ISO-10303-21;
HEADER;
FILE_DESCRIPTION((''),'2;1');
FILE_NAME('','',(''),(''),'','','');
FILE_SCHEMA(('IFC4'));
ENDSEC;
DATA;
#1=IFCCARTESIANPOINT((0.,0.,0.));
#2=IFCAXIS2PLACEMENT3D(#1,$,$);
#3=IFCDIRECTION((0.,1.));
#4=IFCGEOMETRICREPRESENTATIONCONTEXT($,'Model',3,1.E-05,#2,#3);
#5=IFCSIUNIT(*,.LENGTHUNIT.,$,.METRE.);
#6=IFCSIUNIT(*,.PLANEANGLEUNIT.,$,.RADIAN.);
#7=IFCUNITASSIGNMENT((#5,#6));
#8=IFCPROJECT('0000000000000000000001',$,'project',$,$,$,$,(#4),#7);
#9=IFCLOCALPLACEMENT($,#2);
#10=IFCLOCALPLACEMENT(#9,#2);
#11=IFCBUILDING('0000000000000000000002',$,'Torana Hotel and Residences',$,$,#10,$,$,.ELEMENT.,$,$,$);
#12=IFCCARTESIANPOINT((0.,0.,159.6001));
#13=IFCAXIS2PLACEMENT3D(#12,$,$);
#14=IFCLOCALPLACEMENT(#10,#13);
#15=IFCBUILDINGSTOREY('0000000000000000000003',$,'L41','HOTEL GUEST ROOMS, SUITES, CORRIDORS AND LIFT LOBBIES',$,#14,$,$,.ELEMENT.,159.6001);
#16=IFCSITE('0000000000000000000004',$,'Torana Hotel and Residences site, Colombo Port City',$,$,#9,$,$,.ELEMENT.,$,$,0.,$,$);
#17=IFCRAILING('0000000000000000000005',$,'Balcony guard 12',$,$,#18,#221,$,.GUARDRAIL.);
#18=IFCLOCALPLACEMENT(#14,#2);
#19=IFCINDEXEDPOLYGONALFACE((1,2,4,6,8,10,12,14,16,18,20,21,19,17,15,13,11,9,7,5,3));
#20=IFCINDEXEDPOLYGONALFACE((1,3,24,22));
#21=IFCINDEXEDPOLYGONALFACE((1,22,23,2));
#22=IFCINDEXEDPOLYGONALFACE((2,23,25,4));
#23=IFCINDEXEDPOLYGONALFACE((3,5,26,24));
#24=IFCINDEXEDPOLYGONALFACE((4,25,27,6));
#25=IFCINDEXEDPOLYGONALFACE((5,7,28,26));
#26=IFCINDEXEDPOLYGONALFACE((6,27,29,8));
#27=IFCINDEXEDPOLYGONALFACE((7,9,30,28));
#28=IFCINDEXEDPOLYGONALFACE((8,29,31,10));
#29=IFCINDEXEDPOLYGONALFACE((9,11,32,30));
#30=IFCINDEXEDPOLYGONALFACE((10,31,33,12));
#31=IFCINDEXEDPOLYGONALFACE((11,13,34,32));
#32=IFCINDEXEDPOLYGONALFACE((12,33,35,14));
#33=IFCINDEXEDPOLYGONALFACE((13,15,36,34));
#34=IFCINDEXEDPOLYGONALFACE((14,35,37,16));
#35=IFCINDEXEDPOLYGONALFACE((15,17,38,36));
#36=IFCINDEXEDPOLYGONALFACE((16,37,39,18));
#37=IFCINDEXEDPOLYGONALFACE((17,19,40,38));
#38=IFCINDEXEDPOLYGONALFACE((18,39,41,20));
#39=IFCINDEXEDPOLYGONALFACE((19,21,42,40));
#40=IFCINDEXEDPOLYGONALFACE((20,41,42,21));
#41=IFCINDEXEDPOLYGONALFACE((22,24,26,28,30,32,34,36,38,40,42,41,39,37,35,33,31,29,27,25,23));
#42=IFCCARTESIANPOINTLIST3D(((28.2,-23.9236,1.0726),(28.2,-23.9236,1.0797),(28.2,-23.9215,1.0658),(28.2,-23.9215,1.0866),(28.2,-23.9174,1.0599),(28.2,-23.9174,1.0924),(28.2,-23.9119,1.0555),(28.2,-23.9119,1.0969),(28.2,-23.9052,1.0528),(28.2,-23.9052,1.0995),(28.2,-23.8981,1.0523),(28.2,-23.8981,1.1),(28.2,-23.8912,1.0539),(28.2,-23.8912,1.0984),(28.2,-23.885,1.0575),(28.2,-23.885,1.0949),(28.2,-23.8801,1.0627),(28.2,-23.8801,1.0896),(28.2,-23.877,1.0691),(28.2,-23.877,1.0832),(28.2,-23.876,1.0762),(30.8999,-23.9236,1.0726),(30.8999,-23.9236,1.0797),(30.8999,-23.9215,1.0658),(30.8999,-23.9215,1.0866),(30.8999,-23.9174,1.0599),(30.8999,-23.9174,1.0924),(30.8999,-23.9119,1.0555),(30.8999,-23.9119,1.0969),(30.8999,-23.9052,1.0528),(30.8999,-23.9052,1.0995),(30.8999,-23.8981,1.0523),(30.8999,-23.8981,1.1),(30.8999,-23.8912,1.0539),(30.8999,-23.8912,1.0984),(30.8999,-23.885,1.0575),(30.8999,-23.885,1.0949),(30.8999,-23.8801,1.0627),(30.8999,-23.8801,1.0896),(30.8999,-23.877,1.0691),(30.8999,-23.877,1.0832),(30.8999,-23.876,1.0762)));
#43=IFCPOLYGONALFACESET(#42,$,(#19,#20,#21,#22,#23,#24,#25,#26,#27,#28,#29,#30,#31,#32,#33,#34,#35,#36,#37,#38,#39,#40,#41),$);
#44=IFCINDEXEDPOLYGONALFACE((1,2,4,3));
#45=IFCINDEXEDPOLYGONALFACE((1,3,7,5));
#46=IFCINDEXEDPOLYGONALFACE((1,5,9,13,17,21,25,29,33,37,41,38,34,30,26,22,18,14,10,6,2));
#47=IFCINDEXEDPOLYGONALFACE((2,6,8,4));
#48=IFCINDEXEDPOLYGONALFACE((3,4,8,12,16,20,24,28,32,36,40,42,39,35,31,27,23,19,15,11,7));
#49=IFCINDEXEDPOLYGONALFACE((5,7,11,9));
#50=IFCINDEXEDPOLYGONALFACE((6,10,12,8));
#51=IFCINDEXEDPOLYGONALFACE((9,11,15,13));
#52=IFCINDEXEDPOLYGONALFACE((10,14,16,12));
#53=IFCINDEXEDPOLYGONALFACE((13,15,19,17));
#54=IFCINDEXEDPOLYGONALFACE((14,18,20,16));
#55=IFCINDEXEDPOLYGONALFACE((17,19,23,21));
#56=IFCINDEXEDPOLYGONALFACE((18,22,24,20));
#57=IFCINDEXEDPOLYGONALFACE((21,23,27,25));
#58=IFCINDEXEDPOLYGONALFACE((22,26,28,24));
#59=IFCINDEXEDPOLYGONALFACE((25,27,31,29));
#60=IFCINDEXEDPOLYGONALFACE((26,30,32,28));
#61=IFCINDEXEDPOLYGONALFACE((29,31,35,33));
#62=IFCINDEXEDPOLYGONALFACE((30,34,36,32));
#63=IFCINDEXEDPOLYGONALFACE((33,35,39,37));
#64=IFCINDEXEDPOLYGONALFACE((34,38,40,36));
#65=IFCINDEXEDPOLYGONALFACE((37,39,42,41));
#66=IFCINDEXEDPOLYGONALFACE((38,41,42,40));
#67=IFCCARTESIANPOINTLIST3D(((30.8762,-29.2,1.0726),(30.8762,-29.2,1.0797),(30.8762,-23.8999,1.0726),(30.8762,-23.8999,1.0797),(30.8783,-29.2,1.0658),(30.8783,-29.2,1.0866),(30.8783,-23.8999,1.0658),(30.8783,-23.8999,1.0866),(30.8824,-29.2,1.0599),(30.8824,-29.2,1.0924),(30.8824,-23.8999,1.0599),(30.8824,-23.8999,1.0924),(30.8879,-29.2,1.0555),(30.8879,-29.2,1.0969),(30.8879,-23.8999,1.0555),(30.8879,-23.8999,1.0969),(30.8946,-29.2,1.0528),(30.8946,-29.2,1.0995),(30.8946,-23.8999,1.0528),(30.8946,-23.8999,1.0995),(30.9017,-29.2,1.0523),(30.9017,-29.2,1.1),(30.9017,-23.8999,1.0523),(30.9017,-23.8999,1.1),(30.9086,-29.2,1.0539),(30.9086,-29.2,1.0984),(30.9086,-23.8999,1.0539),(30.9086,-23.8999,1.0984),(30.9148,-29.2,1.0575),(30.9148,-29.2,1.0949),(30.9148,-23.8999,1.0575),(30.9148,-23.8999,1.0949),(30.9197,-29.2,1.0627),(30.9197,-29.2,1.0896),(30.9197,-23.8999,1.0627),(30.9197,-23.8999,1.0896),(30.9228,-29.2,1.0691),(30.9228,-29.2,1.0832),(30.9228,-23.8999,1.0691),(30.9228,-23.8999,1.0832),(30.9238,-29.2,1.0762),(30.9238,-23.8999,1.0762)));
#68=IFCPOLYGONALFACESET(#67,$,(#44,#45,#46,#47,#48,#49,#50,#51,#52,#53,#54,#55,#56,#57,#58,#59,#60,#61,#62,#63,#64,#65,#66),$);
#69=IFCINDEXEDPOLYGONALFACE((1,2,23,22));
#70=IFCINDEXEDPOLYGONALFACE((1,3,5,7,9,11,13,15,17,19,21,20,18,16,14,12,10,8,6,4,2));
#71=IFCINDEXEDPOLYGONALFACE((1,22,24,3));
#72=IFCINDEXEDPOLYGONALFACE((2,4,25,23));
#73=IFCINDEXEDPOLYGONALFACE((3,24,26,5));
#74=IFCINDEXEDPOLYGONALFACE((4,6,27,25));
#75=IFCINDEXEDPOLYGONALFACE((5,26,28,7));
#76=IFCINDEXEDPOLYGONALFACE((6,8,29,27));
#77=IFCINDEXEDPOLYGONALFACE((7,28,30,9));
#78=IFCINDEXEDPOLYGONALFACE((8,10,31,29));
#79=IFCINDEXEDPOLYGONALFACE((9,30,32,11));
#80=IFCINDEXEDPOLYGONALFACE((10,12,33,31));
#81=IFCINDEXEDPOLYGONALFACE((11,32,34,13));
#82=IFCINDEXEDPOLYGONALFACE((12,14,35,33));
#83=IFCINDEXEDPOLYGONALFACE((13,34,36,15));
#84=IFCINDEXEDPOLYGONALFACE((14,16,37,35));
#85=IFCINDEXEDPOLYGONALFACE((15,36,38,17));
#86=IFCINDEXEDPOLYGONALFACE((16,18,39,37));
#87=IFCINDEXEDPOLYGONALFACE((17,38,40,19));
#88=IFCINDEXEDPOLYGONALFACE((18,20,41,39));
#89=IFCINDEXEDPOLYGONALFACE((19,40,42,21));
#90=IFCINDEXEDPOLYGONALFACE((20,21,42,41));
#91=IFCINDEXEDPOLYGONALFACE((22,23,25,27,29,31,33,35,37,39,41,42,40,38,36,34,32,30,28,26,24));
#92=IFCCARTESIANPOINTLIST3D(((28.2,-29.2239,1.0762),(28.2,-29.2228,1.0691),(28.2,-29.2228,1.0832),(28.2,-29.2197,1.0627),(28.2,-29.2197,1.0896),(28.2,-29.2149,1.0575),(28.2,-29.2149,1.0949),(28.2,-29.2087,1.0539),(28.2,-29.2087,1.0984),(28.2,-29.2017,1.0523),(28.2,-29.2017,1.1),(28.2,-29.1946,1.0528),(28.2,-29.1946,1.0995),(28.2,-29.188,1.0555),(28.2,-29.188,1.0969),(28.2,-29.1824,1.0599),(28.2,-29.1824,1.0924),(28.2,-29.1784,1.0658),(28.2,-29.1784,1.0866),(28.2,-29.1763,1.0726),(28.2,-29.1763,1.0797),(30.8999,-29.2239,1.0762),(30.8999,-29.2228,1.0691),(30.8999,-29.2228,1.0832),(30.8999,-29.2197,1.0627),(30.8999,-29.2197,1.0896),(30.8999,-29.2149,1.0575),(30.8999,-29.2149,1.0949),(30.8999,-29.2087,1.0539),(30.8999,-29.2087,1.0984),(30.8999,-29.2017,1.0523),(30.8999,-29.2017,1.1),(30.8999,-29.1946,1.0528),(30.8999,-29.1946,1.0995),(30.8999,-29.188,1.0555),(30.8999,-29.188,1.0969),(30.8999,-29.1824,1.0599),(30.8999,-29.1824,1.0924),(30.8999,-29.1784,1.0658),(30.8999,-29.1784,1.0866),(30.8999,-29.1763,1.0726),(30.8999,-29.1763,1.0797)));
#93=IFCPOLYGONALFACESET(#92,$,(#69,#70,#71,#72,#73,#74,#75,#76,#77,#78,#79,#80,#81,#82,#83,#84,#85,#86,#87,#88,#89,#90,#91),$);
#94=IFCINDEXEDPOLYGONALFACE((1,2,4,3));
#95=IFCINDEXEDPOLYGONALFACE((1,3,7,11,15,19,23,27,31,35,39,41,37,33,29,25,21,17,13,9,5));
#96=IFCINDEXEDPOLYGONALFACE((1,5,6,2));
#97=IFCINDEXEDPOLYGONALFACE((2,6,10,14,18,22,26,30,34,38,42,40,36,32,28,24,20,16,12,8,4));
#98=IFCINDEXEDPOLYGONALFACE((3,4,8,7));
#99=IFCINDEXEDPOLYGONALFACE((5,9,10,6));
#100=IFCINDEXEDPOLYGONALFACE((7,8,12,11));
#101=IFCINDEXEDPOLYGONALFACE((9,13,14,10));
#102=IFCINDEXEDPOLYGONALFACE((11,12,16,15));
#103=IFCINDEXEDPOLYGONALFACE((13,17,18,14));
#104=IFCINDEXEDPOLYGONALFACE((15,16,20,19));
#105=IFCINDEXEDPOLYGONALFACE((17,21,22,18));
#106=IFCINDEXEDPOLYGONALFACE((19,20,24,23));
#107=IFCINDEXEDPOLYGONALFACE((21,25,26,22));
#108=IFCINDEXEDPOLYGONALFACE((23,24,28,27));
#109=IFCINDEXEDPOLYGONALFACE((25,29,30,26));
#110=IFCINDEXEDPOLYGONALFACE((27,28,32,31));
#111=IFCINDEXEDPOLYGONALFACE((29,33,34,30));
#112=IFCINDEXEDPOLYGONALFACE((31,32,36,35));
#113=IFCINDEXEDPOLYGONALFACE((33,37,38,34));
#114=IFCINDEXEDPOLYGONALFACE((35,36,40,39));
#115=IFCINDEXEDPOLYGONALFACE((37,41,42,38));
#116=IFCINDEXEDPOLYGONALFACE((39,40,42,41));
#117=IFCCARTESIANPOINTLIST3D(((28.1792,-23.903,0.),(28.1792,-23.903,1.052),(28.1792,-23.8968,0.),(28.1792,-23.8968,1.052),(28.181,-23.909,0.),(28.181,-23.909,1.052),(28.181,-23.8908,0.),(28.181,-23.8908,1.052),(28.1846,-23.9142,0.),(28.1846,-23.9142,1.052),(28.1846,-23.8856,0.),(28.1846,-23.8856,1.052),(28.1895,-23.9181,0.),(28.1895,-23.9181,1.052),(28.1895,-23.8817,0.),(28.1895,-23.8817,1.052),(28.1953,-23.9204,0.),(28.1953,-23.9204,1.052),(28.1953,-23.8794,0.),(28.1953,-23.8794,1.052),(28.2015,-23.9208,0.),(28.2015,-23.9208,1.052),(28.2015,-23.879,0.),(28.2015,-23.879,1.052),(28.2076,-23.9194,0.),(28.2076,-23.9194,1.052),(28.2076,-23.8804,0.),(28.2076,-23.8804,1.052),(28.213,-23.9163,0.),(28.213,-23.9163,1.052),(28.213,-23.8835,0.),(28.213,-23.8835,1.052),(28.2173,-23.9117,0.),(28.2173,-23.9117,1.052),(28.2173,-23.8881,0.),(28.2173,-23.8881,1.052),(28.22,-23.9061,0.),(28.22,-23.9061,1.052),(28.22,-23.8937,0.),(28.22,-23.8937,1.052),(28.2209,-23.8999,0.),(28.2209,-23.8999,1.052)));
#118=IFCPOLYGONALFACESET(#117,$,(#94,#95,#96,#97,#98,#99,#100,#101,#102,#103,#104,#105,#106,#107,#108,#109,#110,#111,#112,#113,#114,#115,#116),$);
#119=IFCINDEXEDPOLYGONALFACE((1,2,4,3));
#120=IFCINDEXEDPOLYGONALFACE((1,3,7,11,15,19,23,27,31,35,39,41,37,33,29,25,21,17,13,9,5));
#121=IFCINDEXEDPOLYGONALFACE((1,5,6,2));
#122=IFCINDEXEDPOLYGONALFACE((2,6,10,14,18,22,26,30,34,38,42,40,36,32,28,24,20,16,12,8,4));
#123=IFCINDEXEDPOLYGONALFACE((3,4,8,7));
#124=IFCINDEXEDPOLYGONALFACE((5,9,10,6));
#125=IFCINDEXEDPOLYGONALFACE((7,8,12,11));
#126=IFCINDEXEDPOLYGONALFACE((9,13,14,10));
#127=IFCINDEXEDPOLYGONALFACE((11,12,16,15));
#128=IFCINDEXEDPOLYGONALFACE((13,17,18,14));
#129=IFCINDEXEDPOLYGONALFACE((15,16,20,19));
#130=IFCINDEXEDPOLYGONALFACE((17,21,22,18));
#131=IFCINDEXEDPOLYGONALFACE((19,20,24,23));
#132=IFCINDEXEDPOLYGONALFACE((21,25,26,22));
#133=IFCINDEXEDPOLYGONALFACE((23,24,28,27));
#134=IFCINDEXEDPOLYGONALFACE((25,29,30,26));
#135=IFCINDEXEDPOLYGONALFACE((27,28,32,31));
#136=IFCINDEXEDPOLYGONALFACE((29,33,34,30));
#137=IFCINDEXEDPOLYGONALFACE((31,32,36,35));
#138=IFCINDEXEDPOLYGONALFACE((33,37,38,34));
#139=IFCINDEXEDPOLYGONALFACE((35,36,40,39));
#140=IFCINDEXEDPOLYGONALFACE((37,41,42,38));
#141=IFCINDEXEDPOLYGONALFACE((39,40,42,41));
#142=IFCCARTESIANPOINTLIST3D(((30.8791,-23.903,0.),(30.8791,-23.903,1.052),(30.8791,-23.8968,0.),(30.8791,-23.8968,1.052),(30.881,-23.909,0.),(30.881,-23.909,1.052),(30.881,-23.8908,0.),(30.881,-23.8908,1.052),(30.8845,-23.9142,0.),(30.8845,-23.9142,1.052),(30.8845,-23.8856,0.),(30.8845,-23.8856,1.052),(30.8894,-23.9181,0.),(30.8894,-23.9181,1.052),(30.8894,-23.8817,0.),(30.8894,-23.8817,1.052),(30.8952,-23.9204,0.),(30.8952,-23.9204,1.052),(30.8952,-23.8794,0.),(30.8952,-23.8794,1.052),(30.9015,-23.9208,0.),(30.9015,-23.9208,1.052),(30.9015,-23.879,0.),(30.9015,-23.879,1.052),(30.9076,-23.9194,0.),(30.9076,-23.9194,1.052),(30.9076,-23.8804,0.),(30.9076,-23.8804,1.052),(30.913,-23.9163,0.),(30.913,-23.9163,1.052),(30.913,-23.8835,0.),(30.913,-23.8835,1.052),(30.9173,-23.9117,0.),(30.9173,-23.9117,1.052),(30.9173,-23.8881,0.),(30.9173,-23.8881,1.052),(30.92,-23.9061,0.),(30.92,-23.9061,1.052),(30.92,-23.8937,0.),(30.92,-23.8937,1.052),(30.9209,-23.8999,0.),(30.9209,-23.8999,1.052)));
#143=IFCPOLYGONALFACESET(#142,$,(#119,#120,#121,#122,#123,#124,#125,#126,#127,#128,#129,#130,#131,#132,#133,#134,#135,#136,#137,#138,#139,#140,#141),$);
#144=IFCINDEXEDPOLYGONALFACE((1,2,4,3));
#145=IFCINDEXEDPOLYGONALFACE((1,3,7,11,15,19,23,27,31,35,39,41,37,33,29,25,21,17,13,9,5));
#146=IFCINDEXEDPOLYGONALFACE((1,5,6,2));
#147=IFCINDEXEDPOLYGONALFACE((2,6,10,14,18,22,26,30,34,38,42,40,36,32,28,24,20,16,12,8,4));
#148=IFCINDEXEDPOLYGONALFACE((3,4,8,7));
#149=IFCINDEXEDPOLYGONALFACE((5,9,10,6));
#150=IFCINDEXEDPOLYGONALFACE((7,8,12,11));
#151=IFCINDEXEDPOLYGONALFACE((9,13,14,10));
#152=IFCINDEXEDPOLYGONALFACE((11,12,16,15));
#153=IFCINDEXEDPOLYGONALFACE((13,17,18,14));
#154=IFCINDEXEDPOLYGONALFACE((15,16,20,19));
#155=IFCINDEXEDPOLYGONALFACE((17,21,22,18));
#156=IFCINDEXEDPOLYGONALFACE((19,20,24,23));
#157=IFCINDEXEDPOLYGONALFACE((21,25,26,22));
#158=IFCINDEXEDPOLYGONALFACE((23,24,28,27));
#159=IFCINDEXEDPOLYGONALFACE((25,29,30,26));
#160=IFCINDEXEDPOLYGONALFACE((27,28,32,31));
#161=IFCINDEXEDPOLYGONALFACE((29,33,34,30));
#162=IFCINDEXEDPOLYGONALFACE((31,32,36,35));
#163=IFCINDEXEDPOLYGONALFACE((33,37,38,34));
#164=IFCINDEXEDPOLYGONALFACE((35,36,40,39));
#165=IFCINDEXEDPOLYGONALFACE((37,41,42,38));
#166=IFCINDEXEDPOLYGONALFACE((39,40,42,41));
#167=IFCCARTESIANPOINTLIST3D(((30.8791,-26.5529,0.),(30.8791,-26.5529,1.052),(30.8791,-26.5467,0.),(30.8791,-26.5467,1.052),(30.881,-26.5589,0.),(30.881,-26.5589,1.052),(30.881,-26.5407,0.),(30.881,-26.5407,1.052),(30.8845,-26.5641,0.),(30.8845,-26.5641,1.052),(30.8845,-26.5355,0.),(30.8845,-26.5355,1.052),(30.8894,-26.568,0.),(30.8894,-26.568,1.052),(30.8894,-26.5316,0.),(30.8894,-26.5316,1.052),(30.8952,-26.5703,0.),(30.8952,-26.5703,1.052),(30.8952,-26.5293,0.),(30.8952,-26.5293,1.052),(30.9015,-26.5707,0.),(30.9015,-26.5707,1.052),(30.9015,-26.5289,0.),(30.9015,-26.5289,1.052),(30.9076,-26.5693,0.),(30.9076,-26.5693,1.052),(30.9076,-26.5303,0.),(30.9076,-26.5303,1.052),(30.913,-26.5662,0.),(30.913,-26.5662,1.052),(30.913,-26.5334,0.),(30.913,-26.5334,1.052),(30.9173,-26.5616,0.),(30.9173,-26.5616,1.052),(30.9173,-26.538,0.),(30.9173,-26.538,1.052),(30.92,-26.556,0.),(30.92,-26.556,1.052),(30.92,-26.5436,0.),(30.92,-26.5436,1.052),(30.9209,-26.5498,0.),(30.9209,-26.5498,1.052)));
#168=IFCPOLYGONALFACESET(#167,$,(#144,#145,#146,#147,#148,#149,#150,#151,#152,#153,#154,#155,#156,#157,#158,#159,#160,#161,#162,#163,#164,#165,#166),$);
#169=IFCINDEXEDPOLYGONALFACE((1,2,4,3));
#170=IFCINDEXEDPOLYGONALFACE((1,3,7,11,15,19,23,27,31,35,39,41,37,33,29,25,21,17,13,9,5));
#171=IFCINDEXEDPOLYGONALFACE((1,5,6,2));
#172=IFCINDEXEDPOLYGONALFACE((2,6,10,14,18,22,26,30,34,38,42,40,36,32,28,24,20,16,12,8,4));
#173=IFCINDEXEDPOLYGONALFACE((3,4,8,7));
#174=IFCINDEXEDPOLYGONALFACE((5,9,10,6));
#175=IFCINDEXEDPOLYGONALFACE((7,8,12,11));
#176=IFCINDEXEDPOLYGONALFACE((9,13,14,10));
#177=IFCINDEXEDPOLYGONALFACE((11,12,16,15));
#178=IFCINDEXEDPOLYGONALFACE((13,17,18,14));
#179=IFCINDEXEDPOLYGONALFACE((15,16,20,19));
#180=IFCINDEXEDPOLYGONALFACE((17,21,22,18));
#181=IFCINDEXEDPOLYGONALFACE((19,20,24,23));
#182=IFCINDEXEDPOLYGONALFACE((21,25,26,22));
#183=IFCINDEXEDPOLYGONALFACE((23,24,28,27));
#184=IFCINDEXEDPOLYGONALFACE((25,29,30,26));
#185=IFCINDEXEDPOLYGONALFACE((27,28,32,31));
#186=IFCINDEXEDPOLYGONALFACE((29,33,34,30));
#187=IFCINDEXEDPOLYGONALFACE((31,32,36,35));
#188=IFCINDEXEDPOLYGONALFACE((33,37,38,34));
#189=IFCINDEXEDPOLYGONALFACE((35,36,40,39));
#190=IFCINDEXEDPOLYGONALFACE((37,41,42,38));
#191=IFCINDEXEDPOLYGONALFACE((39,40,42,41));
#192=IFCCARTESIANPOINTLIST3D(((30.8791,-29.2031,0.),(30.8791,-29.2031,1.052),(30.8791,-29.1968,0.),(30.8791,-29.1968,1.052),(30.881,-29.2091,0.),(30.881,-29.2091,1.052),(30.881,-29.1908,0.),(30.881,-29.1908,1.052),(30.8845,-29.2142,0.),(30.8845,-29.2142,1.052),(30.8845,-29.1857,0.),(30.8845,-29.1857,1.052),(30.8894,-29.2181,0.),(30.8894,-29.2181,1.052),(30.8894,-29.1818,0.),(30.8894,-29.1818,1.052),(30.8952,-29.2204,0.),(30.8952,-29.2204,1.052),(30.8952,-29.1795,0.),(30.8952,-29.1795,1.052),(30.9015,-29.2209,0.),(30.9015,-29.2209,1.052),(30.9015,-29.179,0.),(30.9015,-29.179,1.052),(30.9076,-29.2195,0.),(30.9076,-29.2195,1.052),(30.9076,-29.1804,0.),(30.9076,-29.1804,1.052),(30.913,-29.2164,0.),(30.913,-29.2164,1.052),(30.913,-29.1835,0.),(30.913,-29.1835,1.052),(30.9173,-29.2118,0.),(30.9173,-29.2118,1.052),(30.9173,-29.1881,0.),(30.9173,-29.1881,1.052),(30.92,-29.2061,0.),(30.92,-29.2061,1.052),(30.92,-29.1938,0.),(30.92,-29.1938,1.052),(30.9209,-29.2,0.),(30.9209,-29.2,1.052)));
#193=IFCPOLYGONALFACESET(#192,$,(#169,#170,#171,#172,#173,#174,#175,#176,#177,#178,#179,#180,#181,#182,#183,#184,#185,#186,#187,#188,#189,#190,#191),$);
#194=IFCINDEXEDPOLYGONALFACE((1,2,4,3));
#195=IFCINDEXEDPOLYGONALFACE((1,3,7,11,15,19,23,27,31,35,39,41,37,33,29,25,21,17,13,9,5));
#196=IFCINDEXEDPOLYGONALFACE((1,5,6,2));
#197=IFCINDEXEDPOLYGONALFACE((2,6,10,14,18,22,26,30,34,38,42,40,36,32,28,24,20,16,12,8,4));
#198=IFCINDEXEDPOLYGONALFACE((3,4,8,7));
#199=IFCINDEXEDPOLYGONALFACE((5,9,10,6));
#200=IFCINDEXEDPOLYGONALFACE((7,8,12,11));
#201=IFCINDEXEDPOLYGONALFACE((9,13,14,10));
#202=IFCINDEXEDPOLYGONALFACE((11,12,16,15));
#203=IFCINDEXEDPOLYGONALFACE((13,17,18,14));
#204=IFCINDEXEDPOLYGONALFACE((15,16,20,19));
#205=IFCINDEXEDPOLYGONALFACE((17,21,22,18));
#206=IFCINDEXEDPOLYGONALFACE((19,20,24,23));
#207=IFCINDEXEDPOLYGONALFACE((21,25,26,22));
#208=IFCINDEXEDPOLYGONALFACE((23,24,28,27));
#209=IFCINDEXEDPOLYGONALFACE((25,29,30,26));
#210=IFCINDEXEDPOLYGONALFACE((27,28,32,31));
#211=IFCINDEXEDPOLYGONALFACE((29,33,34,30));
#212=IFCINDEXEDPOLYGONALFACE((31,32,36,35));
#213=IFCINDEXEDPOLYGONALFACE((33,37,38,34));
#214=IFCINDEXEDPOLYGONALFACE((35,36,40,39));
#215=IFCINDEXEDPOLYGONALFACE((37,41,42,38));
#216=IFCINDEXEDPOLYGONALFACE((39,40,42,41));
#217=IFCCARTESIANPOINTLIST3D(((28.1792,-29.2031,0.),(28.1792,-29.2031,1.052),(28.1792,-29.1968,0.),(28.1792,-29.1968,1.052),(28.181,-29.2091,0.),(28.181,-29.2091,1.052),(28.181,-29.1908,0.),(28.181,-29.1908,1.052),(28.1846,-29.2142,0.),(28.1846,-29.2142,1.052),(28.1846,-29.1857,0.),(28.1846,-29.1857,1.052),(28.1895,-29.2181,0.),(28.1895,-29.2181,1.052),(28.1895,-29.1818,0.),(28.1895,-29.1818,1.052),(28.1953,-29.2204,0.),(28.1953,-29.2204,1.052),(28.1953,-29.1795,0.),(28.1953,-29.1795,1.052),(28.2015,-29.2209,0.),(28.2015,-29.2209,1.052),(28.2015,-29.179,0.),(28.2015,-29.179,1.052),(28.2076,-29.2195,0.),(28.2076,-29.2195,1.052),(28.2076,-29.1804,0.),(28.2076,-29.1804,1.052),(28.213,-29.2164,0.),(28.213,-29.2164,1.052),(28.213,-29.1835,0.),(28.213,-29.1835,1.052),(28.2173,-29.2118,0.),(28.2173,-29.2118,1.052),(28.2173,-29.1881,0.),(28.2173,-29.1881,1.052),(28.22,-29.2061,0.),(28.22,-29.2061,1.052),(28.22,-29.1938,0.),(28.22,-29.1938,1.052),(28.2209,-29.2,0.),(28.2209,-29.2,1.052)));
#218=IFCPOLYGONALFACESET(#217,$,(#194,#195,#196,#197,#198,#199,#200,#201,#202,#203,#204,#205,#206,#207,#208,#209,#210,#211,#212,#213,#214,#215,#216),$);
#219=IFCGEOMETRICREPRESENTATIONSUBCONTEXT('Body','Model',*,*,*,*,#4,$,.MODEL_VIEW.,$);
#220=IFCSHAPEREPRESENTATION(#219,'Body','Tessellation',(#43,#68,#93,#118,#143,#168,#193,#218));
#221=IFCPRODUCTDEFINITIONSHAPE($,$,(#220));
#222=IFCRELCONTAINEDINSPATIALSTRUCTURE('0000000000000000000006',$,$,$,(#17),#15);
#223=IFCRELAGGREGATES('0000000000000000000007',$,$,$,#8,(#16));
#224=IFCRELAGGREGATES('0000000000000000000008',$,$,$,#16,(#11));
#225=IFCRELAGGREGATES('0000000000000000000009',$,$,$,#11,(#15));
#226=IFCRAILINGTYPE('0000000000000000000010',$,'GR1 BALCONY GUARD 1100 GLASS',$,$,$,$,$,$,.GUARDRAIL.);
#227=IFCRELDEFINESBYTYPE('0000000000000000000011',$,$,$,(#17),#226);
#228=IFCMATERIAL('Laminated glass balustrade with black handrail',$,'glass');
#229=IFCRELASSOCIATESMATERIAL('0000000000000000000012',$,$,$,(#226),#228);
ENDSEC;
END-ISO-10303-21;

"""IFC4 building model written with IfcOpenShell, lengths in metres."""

from ifc_helpers import new_model, si_unit, direction, frame, origin, origin_2d, place, context, subcontext, project, spatial, circle, extrude, material, type_object, element, save


model = new_model("IFC4")

# Units and contexts
model_context = context("Model", 3, precision=1e-05, world=origin(), true_north=direction((0.0, 1.0)))
body_context = subcontext(model_context, "Body", "Model", "MODEL_VIEW")
ifc_project = project(units=[si_unit("LENGTHUNIT", "METRE"), si_unit("PLANEANGLEUNIT", "RADIAN")], contexts=[model_context])

# Site, building, storey
site_placement = place(None, origin())
site = spatial("IfcSite", under=ifc_project, at=site_placement, Name="Torana Hotel and Residences site, Colombo Port City", CompositionType="ELEMENT", RefElevation=0.0)
building_placement = place(site_placement, origin())
building = spatial("IfcBuilding", under=site, at=building_placement, Name="Torana Hotel and Residences", CompositionType="ELEMENT")
storey_placement = place(building_placement, frame((0.0, 0.0, 159.6001)))
storey = spatial("IfcBuildingStorey", under=building, at=storey_placement, Name="L41", Description="HOTEL GUEST ROOMS, SUITES, CORRIDORS AND LIFT LOBBIES", CompositionType="ELEMENT", Elevation=159.6001)

# Railing
ifc_material_1 = material(Name="Laminated glass balustrade with black handrail", Category="glass")
railing_type = type_object("IfcRailingType", Name="GR1 BALCONY GUARD 1100 GLASS", PredefinedType="GUARDRAIL", material=ifc_material_1)
railing_1_placement = place(storey_placement, frame((28.2, -23.8999, 0.0)))
element("IfcRailing", 1, at=railing_1_placement, inside=storey, type_object=railing_type, Name="Balcony guard 12", PredefinedType="GUARDRAIL", context=body_context, shape_type="SweptSolid", body=[
    extrude(circle(Radius=0.0239, at=origin_2d()), frame((0.0, 0.0, 1.0762), z_axis=(1.0, 0.0, 0.0), x_axis=(0.0, 1.0, 0.0)), (0.0, 0.0, 1.0), 2.7),
    extrude(circle(Radius=0.0239, at=origin_2d()), frame((2.7, 0.0, 1.0762), z_axis=(0.0, -1.0, 0.0), x_axis=(1.0, 0.0, 0.0)), (0.0, 0.0, 1.0), 5.3),
    extrude(circle(Radius=0.0239, at=origin_2d()), frame((2.7, -5.3, 1.0762), z_axis=(-1.0, 0.0, 0.0), x_axis=(0.0, -1.0, 0.0)), (0.0, 0.0, 1.0), 2.7),
    extrude(circle(Radius=0.021, at=origin_2d()), origin(), (0.0, 0.0, 1.0), 1.052),
    extrude(circle(Radius=0.021, at=origin_2d()), frame((2.7, 0.0, 0.0)), (0.0, 0.0, 1.0), 1.052),
    extrude(circle(Radius=0.021, at=origin_2d()), frame((2.7, -2.6499, 0.0)), (0.0, 0.0, 1.0), 1.052),
    extrude(circle(Radius=0.021, at=origin_2d()), frame((2.7, -5.3, 0.0)), (0.0, 0.0, 1.0), 1.052),
    extrude(circle(Radius=0.021, at=origin_2d()), frame((0.0, -5.3, 0.0)), (0.0, 0.0, 1.0), 1.052),
])

save(model, "model.ifc")
